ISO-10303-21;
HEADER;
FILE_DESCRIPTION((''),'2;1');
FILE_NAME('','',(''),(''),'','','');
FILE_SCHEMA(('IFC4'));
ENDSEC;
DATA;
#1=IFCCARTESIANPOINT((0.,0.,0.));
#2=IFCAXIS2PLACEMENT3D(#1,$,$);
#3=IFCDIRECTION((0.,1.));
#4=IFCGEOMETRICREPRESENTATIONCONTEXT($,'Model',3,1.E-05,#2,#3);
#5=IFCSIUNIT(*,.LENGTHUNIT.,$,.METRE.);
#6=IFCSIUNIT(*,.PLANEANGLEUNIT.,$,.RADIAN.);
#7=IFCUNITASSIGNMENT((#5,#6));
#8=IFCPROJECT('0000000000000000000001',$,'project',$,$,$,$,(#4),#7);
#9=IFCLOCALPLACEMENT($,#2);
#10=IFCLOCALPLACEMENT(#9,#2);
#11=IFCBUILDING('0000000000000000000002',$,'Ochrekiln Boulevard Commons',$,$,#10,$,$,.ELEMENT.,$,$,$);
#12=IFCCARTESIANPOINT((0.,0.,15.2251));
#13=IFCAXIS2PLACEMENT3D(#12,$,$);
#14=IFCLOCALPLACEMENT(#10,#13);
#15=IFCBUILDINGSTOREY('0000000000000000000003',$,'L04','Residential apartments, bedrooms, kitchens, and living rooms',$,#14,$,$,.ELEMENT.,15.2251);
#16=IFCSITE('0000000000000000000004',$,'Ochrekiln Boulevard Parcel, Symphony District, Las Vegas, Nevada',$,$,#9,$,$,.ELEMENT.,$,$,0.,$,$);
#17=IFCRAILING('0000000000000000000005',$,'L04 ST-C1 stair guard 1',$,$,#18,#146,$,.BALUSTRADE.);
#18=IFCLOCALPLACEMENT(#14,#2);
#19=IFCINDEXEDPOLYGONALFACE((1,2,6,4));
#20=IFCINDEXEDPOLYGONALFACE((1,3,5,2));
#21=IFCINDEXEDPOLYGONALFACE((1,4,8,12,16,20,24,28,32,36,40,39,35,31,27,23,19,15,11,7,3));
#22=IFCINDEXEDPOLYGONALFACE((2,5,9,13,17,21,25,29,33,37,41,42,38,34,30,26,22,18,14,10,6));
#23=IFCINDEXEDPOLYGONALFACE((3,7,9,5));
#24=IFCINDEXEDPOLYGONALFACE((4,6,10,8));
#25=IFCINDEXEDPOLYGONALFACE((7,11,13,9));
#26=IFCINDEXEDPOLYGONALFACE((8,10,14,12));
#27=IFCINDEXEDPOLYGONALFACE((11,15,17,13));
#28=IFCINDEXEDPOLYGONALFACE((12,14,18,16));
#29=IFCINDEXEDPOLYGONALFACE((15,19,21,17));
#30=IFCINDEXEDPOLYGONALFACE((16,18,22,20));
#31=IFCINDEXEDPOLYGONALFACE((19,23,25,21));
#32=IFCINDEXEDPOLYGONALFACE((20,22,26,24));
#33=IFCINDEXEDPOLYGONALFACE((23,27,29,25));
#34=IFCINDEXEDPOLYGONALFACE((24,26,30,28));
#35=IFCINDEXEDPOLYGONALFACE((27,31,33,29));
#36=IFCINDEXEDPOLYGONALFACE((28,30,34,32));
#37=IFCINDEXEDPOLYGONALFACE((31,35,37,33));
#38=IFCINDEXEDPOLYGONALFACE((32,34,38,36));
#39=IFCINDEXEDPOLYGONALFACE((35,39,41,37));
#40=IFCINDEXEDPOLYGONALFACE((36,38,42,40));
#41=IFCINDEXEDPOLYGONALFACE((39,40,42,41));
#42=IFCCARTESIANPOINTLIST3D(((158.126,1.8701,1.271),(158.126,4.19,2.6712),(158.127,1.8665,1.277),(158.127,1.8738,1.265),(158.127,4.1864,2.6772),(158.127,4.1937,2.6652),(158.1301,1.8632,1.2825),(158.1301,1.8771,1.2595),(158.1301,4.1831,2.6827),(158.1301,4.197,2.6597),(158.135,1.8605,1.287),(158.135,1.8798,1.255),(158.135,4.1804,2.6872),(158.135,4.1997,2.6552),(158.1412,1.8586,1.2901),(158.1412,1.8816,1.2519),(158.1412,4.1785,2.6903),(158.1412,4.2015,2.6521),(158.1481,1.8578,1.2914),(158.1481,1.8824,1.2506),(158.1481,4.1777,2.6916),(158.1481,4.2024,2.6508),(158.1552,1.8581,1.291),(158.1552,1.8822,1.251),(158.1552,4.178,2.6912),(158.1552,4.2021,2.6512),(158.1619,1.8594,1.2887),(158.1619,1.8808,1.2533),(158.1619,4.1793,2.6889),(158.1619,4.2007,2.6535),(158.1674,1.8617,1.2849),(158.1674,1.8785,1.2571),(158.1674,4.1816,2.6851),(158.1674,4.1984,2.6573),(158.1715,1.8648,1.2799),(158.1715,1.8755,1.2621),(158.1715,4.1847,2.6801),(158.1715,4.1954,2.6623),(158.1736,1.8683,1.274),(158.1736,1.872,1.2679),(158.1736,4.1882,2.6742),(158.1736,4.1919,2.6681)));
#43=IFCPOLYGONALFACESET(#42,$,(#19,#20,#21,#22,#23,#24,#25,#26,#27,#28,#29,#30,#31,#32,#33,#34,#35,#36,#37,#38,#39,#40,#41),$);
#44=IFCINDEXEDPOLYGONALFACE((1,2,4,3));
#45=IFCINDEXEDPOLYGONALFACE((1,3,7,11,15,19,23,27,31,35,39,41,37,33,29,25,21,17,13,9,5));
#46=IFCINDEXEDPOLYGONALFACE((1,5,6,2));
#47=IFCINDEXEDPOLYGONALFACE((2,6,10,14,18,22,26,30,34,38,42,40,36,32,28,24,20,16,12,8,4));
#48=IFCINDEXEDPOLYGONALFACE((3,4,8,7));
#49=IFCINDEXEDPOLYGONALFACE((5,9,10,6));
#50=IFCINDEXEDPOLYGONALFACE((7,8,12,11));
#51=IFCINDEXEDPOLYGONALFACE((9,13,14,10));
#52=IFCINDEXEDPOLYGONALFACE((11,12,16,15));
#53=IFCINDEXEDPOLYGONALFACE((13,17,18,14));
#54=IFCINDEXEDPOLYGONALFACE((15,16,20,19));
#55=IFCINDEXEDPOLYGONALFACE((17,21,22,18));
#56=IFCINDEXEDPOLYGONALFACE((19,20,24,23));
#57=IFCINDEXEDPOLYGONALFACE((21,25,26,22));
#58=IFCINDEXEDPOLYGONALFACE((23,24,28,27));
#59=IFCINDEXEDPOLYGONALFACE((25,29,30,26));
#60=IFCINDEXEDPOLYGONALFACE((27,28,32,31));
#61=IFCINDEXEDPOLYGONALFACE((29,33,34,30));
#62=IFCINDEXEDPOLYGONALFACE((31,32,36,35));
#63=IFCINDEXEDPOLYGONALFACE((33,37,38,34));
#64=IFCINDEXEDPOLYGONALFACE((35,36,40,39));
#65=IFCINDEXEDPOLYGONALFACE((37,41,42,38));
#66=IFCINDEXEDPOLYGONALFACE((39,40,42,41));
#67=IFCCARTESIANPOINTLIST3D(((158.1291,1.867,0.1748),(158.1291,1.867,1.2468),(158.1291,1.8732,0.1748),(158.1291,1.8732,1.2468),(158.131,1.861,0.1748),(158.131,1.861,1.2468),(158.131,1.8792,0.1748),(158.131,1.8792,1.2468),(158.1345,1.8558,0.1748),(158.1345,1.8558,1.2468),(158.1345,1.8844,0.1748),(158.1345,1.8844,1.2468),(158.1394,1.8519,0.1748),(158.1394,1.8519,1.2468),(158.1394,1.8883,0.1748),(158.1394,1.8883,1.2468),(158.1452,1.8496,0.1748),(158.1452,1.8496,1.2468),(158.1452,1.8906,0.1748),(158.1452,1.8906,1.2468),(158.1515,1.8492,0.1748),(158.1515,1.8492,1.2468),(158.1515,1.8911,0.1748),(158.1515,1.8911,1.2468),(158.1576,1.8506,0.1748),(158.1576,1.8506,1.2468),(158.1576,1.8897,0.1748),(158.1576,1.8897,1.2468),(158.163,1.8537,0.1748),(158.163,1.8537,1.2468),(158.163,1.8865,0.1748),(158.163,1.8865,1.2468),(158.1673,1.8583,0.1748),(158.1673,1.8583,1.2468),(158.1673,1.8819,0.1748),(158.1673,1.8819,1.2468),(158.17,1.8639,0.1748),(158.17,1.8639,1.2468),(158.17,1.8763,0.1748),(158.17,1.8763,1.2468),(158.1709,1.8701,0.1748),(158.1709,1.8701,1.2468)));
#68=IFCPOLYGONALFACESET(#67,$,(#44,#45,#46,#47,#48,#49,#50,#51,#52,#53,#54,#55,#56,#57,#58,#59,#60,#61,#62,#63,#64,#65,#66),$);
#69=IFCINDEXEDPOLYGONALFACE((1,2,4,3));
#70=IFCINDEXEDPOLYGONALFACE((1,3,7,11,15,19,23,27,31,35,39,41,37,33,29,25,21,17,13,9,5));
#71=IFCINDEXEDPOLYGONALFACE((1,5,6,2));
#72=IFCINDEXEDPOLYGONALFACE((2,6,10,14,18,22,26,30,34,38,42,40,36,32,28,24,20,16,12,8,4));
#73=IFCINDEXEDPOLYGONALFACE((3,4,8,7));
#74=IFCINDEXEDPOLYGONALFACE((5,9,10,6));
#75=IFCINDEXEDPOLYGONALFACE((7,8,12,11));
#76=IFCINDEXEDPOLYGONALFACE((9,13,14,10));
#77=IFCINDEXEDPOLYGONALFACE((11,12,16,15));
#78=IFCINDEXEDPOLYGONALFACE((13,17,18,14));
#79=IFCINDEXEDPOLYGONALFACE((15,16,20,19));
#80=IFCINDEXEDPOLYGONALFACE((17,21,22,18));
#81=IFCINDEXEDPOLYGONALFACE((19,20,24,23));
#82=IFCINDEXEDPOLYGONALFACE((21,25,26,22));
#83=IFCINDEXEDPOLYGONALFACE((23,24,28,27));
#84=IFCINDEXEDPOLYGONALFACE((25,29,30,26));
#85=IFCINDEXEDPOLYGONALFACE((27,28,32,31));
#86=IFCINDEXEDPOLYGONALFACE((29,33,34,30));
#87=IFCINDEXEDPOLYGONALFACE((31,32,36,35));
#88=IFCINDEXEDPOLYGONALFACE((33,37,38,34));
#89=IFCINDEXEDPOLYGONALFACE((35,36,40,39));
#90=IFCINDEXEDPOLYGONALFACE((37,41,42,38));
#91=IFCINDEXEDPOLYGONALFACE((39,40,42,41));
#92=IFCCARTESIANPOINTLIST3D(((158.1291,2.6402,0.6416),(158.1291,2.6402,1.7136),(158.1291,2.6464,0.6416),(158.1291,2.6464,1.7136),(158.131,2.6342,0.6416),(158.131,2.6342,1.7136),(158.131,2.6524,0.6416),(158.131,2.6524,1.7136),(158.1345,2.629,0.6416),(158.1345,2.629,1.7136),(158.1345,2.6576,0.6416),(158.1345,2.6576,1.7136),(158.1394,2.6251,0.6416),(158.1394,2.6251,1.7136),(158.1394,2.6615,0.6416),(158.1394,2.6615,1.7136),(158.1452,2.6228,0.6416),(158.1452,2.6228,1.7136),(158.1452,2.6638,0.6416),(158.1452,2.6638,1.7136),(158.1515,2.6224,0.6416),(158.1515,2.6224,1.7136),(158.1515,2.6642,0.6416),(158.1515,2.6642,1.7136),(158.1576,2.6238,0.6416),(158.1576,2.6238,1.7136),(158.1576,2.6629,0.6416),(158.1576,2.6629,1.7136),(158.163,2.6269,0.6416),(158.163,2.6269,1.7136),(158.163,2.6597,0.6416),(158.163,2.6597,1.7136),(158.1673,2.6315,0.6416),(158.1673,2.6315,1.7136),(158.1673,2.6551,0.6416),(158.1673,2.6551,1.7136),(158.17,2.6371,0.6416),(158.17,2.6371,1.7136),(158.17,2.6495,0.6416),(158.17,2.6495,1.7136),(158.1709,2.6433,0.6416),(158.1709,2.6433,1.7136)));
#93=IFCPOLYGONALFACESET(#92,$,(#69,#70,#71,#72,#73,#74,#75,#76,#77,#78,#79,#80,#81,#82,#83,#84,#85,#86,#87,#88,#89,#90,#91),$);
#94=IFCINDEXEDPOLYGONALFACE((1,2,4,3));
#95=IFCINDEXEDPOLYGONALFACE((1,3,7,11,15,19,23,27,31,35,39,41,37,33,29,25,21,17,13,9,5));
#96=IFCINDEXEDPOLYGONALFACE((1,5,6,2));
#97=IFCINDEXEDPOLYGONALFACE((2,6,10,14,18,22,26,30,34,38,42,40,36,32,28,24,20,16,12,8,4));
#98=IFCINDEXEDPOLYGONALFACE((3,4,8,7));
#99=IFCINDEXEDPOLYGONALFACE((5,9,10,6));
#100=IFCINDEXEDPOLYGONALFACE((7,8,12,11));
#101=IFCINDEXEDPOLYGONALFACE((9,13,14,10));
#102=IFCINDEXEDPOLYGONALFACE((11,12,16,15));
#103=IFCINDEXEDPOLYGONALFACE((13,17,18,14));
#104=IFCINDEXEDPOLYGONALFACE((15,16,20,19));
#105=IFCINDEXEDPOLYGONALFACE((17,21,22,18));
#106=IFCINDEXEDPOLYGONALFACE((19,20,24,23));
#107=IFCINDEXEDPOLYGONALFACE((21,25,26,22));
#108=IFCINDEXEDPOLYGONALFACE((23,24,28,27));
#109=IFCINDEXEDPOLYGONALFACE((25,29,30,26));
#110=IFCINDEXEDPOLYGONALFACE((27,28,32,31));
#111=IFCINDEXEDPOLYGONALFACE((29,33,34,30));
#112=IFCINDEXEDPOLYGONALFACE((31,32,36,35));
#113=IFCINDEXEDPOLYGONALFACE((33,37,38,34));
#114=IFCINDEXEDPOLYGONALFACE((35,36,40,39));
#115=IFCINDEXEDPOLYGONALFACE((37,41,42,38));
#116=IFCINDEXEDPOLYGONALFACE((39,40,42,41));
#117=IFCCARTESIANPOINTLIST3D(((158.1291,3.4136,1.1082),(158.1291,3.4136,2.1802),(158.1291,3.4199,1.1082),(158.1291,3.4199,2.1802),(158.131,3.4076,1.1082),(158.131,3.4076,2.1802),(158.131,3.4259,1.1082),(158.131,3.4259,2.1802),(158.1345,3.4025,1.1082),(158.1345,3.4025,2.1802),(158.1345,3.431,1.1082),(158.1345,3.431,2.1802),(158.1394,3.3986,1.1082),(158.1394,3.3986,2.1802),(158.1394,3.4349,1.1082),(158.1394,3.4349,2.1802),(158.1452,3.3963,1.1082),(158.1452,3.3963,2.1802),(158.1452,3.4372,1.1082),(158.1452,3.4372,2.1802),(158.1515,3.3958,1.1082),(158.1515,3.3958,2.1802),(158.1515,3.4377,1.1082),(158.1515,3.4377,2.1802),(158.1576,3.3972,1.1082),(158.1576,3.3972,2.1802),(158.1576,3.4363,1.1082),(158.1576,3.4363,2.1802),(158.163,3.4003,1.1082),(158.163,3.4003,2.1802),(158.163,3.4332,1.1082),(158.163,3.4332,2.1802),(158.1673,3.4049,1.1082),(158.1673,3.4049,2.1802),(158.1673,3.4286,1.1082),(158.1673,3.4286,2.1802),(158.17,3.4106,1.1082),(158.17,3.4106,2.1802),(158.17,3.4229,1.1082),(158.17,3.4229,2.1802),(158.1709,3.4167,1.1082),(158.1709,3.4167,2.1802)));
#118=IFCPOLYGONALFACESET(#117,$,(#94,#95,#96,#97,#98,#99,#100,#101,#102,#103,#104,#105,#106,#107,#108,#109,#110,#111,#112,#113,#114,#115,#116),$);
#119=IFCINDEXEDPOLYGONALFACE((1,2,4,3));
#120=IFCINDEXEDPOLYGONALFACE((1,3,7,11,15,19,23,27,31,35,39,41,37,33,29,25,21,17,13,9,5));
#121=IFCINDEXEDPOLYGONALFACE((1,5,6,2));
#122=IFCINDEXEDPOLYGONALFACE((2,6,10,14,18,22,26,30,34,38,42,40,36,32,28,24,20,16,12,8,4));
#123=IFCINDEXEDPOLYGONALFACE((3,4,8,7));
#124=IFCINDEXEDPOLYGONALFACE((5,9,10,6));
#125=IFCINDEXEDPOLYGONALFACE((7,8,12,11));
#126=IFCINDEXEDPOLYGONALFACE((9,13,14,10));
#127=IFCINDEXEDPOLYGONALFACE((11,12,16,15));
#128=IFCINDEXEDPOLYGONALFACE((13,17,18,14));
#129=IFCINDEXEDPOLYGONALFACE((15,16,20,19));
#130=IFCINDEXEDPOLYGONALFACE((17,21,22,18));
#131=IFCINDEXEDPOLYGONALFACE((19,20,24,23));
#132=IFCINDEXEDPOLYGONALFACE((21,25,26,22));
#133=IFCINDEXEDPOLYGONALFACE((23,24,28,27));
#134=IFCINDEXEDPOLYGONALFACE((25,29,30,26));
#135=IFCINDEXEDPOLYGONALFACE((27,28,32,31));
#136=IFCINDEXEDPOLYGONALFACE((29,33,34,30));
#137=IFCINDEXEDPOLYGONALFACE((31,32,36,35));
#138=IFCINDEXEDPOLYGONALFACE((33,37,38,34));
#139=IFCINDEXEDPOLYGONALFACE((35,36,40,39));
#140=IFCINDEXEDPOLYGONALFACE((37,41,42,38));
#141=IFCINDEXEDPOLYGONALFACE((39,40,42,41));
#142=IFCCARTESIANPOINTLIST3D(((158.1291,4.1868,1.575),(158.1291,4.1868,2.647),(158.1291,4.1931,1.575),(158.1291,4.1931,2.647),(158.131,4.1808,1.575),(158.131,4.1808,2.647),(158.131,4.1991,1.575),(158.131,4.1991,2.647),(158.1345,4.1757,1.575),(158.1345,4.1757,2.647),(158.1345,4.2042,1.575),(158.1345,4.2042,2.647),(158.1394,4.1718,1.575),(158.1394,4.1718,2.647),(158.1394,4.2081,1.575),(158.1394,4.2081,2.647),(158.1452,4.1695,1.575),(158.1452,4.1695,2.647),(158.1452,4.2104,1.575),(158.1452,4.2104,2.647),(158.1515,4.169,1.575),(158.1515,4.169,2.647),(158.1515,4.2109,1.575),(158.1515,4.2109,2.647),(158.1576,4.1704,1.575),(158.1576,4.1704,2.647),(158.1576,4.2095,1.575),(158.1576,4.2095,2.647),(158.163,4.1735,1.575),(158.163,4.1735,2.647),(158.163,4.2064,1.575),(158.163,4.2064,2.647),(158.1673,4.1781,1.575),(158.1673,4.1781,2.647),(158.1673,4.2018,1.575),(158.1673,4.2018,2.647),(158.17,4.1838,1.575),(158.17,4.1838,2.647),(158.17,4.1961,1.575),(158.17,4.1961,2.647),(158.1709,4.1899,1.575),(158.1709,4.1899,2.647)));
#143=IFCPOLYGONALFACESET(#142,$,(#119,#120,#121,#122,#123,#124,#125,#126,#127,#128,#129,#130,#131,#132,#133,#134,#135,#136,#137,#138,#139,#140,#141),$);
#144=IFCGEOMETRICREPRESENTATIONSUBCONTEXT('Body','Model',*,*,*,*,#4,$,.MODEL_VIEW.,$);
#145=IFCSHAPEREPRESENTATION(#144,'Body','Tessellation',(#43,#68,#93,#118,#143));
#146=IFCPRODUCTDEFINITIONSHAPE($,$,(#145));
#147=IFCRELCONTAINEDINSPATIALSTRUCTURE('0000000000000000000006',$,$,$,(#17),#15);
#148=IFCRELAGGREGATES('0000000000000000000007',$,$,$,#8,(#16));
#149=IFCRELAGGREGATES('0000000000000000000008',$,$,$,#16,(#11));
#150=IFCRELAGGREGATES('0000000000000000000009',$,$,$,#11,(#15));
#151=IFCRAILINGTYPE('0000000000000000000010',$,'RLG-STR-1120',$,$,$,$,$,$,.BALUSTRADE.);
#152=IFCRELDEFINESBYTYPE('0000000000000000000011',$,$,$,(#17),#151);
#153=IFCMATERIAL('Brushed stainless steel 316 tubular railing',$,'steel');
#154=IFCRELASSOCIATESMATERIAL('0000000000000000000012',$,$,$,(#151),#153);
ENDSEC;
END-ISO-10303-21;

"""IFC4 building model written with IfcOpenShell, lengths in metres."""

from ifc_helpers import new_model, si_unit, direction, frame, origin, origin_2d, place, context, subcontext, project, spatial, circle, extrude, material, type_object, element, save


model = new_model("IFC4")

# Units and contexts
model_context = context("Model", 3, precision=1e-05, world=origin(), true_north=direction((0.0, 1.0)))
body_context = subcontext(model_context, "Body", "Model", "MODEL_VIEW")
ifc_project = project(units=[si_unit("LENGTHUNIT", "METRE"), si_unit("PLANEANGLEUNIT", "RADIAN")], contexts=[model_context])

# Site, building, storey
site_placement = place(None, origin())
site = spatial("IfcSite", under=ifc_project, at=site_placement, Name="Ochrekiln Boulevard Parcel, Symphony District, Las Vegas, Nevada", CompositionType="ELEMENT", RefElevation=0.0)
building_placement = place(site_placement, origin())
building = spatial("IfcBuilding", under=site, at=building_placement, Name="Ochrekiln Boulevard Commons", CompositionType="ELEMENT")
storey_placement = place(building_placement, frame((0.0, 0.0, 15.2251)))
storey = spatial("IfcBuildingStorey", under=building, at=storey_placement, Name="L04", Description="Residential apartments, bedrooms, kitchens, and living rooms", CompositionType="ELEMENT", Elevation=15.2251)

# Railing
ifc_material_1 = material(Name="Brushed stainless steel 316 tubular railing", Category="steel")
railing_type_1 = type_object("IfcRailingType", Name="RLG-STR-1120", PredefinedType="BALUSTRADE", material=ifc_material_1)
railing_1_placement = place(storey_placement, frame((158.1499, 1.8701, 0.1748)))
element("IfcRailing", 1, at=railing_1_placement, inside=storey, type_object=railing_type_1, Name="L04 ST-C1 stair guard 1", PredefinedType="BALUSTRADE", context=body_context, shape_type="SweptSolid", body=[
    extrude(circle(Radius=0.0239, at=origin_2d()), frame((0.0, 0.0, 1.0962), z_axis=(0.0, 0.856146, 0.516733), x_axis=(-1.0, 0.0, 0.0)), (0.0, 0.0, 1.0), 2.7097),
    extrude(circle(Radius=0.021, at=origin_2d()), origin(), (0.0, 0.0, 1.0), 1.072),
    extrude(circle(Radius=0.021, at=origin_2d()), frame((0.0, 0.7732, 0.4668)), (0.0, 0.0, 1.0), 1.072),
    extrude(circle(Radius=0.021, at=origin_2d()), frame((0.0, 1.5466, 0.9333)), (0.0, 0.0, 1.0), 1.072),
    extrude(circle(Radius=0.021, at=origin_2d()), frame((0.0, 2.3198, 1.4001)), (0.0, 0.0, 1.0), 1.072),
])

save(model, "model.ifc")
